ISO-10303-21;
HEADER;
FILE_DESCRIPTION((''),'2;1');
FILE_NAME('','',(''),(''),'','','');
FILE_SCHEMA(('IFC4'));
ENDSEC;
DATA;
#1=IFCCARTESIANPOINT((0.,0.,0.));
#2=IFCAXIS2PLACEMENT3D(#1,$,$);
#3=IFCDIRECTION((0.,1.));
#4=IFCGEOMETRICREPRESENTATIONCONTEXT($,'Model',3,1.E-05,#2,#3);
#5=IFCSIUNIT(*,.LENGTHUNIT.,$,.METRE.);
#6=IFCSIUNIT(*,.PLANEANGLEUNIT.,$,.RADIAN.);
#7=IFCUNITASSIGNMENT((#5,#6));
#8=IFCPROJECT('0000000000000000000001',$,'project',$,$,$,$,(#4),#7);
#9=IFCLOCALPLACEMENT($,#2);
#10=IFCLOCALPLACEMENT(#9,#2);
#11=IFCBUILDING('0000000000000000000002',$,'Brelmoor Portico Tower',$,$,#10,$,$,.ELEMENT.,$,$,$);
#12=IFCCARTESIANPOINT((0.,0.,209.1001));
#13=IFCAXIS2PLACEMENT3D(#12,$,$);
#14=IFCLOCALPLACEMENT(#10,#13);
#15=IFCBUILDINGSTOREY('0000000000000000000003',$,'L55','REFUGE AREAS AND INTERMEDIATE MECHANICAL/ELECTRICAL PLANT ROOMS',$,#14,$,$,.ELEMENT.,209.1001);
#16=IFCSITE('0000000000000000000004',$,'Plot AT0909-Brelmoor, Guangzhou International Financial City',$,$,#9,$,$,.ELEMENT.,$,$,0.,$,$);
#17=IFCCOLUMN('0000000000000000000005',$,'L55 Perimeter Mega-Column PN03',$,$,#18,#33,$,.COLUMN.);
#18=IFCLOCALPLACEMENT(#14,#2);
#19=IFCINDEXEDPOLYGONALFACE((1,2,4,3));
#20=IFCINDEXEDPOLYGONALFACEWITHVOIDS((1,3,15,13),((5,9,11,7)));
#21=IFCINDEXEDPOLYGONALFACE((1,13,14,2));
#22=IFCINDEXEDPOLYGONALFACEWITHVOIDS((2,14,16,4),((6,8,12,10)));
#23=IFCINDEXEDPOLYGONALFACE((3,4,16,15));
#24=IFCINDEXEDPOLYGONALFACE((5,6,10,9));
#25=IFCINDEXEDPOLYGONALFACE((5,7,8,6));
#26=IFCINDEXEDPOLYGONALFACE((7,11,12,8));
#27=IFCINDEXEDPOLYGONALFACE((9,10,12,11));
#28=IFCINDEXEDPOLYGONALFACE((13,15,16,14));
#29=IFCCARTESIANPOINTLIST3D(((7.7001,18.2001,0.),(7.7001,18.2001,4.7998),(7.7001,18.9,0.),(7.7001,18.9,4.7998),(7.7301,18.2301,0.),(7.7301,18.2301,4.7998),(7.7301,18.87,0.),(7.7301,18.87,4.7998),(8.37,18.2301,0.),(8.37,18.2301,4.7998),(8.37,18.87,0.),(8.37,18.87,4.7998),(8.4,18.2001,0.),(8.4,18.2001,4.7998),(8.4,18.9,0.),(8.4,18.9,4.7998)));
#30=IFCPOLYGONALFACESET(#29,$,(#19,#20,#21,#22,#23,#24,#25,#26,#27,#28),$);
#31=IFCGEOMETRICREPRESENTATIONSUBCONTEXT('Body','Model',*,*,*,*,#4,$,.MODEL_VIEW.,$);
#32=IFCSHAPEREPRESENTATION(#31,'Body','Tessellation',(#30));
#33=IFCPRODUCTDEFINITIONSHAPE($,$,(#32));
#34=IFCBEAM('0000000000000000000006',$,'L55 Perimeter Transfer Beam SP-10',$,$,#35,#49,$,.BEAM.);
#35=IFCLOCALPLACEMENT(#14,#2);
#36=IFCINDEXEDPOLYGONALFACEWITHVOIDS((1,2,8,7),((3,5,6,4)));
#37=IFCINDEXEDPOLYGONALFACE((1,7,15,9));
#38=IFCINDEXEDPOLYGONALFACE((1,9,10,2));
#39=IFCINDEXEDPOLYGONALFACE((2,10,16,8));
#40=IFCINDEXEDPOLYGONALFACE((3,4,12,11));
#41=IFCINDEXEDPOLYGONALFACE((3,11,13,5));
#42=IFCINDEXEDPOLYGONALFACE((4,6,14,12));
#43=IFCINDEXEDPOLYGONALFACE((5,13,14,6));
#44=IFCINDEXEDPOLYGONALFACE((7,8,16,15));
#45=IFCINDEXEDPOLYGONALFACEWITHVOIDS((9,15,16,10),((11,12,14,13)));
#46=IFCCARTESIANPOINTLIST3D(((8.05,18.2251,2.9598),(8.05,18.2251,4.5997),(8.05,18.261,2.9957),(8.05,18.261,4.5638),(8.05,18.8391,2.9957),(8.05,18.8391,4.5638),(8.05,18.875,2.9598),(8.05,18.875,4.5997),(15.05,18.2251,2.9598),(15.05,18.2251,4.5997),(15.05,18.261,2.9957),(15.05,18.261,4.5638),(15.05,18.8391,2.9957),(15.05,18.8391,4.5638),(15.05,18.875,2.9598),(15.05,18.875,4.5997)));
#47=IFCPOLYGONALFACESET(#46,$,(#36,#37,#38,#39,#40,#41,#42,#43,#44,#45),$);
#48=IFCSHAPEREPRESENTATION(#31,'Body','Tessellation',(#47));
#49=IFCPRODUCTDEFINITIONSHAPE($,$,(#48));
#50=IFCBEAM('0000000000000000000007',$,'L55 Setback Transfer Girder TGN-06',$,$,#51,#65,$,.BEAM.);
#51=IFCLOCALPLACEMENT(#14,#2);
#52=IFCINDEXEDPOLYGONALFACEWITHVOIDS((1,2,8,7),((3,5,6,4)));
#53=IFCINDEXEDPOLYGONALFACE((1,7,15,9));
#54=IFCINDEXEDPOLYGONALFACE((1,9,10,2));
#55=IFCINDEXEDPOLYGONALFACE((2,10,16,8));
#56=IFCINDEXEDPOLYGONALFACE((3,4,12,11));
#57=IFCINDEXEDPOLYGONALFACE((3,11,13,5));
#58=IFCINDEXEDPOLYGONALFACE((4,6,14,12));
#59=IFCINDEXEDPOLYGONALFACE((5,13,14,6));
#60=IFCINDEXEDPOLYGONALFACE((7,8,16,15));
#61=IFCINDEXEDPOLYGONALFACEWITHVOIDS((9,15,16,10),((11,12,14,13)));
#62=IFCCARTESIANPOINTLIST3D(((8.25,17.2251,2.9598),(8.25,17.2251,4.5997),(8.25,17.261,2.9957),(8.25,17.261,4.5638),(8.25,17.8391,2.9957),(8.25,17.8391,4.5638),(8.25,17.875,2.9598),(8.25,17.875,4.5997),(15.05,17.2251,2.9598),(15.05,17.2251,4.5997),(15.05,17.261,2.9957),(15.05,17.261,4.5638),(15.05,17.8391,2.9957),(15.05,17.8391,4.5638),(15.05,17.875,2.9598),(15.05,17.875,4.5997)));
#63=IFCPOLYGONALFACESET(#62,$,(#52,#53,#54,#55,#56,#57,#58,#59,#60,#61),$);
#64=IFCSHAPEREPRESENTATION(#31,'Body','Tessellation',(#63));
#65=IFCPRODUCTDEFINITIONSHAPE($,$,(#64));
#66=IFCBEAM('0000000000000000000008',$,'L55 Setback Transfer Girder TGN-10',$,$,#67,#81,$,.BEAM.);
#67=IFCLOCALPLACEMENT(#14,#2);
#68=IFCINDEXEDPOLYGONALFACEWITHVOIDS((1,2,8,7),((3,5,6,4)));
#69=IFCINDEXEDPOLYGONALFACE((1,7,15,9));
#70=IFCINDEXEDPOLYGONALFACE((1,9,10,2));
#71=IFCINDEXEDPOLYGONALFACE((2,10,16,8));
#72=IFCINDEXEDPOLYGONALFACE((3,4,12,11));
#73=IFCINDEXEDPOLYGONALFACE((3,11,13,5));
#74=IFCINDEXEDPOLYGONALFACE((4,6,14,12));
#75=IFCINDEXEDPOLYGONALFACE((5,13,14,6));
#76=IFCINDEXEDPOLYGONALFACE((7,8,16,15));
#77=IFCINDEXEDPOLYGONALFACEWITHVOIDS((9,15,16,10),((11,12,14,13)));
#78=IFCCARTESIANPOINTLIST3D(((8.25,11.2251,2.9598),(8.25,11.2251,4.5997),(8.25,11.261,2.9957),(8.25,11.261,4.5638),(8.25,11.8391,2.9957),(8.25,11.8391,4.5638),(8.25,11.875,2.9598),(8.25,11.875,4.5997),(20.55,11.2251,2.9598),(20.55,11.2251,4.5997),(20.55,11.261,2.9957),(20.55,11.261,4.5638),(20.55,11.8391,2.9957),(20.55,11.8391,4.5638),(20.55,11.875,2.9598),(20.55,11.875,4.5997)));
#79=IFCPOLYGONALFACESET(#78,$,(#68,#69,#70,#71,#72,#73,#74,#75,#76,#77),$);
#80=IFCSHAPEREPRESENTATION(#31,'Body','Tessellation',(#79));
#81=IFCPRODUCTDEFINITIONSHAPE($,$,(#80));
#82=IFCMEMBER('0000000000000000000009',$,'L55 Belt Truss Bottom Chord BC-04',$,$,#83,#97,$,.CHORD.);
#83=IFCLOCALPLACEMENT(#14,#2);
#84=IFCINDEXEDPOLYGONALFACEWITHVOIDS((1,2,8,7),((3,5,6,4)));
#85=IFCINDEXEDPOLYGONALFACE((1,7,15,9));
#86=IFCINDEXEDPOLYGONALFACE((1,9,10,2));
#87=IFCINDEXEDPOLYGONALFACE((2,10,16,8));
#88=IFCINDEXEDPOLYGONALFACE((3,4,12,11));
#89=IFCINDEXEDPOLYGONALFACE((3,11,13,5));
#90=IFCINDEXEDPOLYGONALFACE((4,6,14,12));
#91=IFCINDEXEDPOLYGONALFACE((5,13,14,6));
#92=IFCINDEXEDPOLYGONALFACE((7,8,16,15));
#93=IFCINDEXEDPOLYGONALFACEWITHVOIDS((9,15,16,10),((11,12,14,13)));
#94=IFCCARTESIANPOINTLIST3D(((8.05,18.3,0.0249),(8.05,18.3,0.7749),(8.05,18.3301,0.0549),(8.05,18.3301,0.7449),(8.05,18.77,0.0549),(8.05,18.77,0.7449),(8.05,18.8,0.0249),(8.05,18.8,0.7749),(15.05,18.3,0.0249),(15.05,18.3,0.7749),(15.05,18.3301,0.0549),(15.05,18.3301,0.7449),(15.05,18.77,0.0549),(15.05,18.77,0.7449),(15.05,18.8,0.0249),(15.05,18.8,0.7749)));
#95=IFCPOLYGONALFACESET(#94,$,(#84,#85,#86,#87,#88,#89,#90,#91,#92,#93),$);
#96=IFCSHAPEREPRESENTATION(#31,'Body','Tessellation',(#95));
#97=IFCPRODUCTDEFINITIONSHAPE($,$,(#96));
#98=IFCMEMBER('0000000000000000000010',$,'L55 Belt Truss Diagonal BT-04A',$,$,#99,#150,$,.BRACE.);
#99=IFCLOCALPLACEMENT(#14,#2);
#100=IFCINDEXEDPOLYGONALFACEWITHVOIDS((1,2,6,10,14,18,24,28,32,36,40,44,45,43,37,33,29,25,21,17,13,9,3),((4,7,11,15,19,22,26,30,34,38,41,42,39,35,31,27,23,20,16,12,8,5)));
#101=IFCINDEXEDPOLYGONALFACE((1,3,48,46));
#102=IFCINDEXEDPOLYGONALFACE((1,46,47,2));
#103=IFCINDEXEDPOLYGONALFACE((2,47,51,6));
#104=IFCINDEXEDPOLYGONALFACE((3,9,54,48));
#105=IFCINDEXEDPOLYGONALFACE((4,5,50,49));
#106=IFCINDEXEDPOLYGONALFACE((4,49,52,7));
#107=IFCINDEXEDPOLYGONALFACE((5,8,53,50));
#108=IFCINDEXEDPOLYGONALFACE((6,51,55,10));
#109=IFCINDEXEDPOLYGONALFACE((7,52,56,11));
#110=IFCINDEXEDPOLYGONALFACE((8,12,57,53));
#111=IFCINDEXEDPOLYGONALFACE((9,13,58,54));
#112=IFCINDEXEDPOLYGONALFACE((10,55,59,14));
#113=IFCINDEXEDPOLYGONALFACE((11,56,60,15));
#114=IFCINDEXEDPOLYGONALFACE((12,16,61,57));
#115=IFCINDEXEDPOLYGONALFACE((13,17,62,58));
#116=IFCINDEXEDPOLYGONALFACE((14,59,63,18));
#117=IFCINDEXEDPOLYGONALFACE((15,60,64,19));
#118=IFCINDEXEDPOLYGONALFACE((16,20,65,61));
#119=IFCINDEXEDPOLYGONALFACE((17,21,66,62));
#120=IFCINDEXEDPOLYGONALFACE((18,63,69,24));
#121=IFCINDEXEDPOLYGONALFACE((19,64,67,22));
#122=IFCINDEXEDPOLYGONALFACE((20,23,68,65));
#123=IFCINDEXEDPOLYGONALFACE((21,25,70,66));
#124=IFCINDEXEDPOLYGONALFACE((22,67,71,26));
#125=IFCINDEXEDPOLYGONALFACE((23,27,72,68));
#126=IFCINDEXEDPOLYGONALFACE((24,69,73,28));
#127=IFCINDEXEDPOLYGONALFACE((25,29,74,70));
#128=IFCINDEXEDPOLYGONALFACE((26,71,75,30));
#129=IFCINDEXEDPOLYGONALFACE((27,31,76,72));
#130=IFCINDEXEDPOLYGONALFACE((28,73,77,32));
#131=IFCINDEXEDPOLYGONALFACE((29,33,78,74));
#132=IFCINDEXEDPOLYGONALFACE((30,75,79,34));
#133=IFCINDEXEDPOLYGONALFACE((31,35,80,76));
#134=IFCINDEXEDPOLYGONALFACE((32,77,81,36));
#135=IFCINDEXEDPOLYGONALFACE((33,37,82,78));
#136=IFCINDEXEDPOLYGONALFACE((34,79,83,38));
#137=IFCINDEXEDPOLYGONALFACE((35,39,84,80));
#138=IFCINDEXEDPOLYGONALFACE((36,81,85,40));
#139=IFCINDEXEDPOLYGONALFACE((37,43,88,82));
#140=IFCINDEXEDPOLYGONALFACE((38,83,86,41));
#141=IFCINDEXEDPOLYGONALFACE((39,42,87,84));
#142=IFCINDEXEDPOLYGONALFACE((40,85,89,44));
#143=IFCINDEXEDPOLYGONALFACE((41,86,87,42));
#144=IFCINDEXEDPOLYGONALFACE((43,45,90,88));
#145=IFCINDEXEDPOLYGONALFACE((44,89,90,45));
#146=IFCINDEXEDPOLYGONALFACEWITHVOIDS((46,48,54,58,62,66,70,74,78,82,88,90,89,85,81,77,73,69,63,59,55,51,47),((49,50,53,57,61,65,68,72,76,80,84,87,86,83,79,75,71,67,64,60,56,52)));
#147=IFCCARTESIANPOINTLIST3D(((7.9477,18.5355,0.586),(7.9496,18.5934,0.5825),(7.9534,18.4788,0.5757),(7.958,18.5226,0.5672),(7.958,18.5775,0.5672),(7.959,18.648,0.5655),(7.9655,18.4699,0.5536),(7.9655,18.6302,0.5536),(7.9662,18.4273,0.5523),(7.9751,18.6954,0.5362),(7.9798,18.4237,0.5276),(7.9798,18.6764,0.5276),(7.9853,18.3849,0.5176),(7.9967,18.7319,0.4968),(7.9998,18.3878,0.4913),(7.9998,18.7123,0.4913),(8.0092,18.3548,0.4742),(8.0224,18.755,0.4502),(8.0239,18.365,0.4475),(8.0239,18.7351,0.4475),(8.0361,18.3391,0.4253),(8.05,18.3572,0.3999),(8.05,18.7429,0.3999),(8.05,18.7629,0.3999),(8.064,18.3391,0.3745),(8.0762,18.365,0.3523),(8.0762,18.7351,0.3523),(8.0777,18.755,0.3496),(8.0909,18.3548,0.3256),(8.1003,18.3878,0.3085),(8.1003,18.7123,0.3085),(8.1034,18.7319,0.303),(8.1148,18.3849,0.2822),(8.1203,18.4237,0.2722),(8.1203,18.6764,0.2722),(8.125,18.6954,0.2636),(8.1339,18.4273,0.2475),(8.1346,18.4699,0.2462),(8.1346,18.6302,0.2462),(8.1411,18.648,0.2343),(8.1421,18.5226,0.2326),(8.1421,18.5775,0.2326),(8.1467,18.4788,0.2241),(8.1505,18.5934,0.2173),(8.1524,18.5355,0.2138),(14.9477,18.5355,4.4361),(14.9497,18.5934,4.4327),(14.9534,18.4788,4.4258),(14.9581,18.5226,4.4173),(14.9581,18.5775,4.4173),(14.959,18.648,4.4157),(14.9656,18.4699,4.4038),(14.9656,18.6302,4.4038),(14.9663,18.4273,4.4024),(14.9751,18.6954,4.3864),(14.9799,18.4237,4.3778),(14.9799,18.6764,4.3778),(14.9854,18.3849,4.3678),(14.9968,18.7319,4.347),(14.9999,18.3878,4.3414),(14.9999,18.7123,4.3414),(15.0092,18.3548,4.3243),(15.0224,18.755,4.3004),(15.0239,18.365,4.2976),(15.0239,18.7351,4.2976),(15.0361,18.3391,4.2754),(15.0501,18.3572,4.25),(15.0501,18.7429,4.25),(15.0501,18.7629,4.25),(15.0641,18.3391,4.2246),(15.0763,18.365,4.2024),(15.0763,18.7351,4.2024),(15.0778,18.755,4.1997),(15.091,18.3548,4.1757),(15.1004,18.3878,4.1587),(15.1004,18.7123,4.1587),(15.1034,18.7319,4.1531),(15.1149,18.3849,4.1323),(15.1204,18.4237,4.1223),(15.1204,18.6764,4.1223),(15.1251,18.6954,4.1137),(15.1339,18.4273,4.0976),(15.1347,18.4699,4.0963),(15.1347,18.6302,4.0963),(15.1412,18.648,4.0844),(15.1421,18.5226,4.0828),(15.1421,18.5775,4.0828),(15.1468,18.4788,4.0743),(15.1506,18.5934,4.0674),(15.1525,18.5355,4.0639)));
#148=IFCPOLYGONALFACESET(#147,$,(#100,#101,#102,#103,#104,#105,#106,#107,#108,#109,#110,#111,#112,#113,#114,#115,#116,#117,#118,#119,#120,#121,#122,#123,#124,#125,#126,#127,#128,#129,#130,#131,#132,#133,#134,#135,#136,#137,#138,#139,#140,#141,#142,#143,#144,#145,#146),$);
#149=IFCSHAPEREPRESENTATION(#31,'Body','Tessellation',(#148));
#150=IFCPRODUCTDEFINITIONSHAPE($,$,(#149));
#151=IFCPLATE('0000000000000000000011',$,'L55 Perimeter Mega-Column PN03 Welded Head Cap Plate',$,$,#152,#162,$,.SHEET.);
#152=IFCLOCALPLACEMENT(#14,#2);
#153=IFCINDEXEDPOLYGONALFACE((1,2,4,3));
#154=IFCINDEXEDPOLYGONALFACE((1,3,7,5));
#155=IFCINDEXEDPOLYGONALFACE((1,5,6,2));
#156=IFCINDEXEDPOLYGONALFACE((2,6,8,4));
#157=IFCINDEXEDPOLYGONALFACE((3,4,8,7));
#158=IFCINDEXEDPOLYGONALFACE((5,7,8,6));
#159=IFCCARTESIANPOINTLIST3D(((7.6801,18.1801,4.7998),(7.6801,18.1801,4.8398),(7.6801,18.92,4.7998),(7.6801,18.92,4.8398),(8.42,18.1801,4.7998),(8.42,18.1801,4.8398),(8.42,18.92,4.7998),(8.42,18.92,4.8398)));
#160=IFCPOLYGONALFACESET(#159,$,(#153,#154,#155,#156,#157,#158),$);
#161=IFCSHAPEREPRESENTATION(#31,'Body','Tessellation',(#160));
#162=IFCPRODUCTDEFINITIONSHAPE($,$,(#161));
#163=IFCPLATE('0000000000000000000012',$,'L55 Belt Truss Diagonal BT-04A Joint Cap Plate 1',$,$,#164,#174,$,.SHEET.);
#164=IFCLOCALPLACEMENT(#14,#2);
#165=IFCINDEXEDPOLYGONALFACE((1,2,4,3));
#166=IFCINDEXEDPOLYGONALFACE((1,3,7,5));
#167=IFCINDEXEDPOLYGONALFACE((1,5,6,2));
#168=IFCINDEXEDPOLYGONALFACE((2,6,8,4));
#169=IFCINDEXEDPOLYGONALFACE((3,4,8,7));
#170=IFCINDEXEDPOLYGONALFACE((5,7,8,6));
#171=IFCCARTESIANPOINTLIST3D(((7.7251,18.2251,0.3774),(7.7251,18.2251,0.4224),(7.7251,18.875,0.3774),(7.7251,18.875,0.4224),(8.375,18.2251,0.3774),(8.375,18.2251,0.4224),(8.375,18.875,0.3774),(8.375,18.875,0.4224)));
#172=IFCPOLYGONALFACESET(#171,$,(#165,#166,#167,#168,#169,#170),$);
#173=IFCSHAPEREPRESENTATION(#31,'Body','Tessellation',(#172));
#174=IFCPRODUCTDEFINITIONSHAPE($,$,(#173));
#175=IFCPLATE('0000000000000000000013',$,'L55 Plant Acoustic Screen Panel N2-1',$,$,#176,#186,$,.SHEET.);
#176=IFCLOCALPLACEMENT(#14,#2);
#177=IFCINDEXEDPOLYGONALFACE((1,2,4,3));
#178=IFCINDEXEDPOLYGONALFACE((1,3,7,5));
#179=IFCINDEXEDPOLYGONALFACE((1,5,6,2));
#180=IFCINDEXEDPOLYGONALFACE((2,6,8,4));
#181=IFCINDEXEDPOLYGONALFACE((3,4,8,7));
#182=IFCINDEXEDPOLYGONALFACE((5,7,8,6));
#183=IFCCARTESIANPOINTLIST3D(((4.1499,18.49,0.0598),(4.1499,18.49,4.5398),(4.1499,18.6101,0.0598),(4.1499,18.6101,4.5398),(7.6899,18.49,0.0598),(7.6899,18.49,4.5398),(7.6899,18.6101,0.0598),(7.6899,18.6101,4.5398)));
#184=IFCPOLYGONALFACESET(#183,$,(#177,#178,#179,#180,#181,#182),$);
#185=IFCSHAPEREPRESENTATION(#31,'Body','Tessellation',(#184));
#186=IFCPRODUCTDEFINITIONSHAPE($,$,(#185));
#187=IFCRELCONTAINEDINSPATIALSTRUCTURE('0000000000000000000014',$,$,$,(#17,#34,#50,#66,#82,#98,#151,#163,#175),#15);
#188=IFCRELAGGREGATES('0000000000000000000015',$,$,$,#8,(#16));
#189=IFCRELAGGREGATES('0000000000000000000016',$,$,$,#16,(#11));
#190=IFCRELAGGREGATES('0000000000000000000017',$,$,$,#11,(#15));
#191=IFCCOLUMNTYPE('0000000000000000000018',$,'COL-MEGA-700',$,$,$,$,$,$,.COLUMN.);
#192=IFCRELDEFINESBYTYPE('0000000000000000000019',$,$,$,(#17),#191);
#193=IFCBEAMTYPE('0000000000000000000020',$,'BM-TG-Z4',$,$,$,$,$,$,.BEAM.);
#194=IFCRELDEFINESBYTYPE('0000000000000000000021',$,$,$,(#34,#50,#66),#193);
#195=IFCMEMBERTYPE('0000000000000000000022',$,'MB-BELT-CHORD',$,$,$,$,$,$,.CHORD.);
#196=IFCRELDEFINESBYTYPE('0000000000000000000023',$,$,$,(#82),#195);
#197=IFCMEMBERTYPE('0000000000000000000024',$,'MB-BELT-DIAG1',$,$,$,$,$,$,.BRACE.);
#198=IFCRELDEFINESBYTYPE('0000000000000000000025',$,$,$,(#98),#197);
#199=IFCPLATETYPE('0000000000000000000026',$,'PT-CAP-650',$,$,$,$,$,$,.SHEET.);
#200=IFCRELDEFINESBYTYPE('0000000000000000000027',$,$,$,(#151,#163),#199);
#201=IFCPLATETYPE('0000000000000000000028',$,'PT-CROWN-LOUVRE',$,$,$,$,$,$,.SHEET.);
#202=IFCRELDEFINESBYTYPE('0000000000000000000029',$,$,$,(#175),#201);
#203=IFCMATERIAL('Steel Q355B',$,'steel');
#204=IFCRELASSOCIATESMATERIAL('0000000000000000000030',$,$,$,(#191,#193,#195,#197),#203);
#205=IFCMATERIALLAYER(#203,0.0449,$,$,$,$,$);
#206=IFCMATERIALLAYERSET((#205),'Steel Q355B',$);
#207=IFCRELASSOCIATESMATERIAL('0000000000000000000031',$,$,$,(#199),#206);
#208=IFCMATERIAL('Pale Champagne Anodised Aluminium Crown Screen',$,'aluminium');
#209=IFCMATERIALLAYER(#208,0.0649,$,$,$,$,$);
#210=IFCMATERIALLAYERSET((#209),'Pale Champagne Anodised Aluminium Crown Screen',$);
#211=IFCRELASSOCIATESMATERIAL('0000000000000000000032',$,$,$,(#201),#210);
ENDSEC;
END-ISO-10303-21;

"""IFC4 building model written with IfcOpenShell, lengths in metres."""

from ifc_helpers import new_model, si_unit, direction, frame, origin, origin_2d, place, context, subcontext, project, spatial, rectangle, hollow_rectangle, hollow_circle, extrude, material, layer, layer_set, material_profile, profile_set, type_object, element, save


model = new_model("IFC4")

# Units and contexts
model_context = context("Model", 3, precision=1e-05, world=origin(), true_north=direction((0.0, 1.0)))
body_context = subcontext(model_context, "Body", "Model", "MODEL_VIEW")
ifc_project = project(units=[si_unit("LENGTHUNIT", "METRE"), si_unit("PLANEANGLEUNIT", "RADIAN")], contexts=[model_context])

# Site, building, storey
site_placement = place(None, origin())
site = spatial("IfcSite", under=ifc_project, at=site_placement, Name="Plot AT0909-Brelmoor, Guangzhou International Financial City", CompositionType="ELEMENT", RefElevation=0.0)
building_placement = place(site_placement, origin())
building = spatial("IfcBuilding", under=site, at=building_placement, Name="Brelmoor Portico Tower", CompositionType="ELEMENT")
storey_placement = place(building_placement, frame((0.0, 0.0, 209.1001)))
storey = spatial("IfcBuildingStorey", under=building, at=storey_placement, Name="L55", Description="REFUGE AREAS AND INTERMEDIATE MECHANICAL/ELECTRICAL PLANT ROOMS", CompositionType="ELEMENT", Elevation=209.1001)

# Column
ifc_material_1 = material(Name="Steel Q355B", Category="steel")
ifc_material_profile_1 = material_profile(ifc_material_1, hollow_rectangle(XDim=0.7, YDim=0.7, WallThickness=0.03, at=origin_2d()), Name="BOX 700x700x30")
ifc_profile_set_1 = profile_set([ifc_material_profile_1], Name="Steel Q355B")
column_type = type_object("IfcColumnType", Name="COL-MEGA-700", PredefinedType="COLUMN", material=ifc_profile_set_1)
column_placement = place(storey_placement, frame((8.05, 18.55, 0.0), z_axis=(0.0, 0.0, 1.0), x_axis=(1.0, 0.0, 0.0)))
element("IfcColumn", 1, at=column_placement, inside=storey, type_object=column_type, Name="L55 Perimeter Mega-Column PN03", PredefinedType="COLUMN", context=body_context, shape_type="SweptSolid", body=[
    extrude(hollow_rectangle(XDim=0.7, YDim=0.7, WallThickness=0.03, at=origin_2d()), origin(), (0.0, 0.0, 1.0), 4.7998),
])

# Beams
ifc_material_profile_2 = material_profile(ifc_material_1, hollow_rectangle(XDim=0.6499, YDim=1.6399, WallThickness=0.0359, at=origin_2d()), Name="BOX 650x1640x36")
ifc_profile_set_2 = profile_set([ifc_material_profile_2], Name="Steel Q355B")
beam_type = type_object("IfcBeamType", Name="BM-TG-Z4", PredefinedType="BEAM", material=ifc_profile_set_2)
beam_1_placement = place(storey_placement, frame((8.05, 18.55, 3.7798), z_axis=(1.0, 0.0, 0.0), x_axis=(0.0, 1.0, 0.0)))
element("IfcBeam", 2, at=beam_1_placement, inside=storey, type_object=beam_type, Name="L55 Perimeter Transfer Beam SP-10", PredefinedType="BEAM", context=body_context, shape_type="SweptSolid", body=[
    extrude(hollow_rectangle(XDim=0.6499, YDim=1.6399, WallThickness=0.0359, at=origin_2d()), origin(), (0.0, 0.0, 1.0), 7.0),
])
beam_2_placement = place(storey_placement, frame((8.25, 17.55, 3.7798), z_axis=(1.0, 0.0, 0.0), x_axis=(0.0, 1.0, 0.0)))
element("IfcBeam", 3, at=beam_2_placement, inside=storey, type_object=beam_type, Name="L55 Setback Transfer Girder TGN-06", PredefinedType="BEAM", context=body_context, shape_type="SweptSolid", body=[
    extrude(hollow_rectangle(XDim=0.6499, YDim=1.6399, WallThickness=0.0359, at=origin_2d()), origin(), (0.0, 0.0, 1.0), 6.8),
])
beam_3_placement = place(storey_placement, frame((8.25, 11.55, 3.7798), z_axis=(1.0, 0.0, 0.0), x_axis=(0.0, 1.0, 0.0)))
element("IfcBeam", 4, at=beam_3_placement, inside=storey, type_object=beam_type, Name="L55 Setback Transfer Girder TGN-10", PredefinedType="BEAM", context=body_context, shape_type="SweptSolid", body=[
    extrude(hollow_rectangle(XDim=0.6499, YDim=1.6399, WallThickness=0.0359, at=origin_2d()), origin(), (0.0, 0.0, 1.0), 12.3),
])

# Members
ifc_material_profile_3 = material_profile(ifc_material_1, hollow_rectangle(XDim=0.5, YDim=0.75, WallThickness=0.03, at=origin_2d()), Name="RHS 500x750x30")
ifc_profile_set_3 = profile_set([ifc_material_profile_3], Name="Steel Q355B")
member_type_1 = type_object("IfcMemberType", Name="MB-BELT-CHORD", PredefinedType="CHORD", material=ifc_profile_set_3)
member_1_placement = place(storey_placement, frame((8.05, 18.55, 0.3999), z_axis=(1.0, 0.0, 0.0), x_axis=(0.0, 1.0, 0.0)))
element("IfcMember", 5, at=member_1_placement, inside=storey, type_object=member_type_1, Name="L55 Belt Truss Bottom Chord BC-04", PredefinedType="CHORD", context=body_context, shape_type="SweptSolid", body=[
    extrude(hollow_rectangle(XDim=0.5, YDim=0.75, WallThickness=0.03, at=origin_2d()), origin(), (0.0, 0.0, 1.0), 7.0),
])
ifc_material_profile_4 = material_profile(ifc_material_1, hollow_circle(Radius=0.2129, WallThickness=0.02, at=origin_2d()), Name="CHS 426x20")
ifc_profile_set_4 = profile_set([ifc_material_profile_4], Name="Steel Q355B")
member_type_2 = type_object("IfcMemberType", Name="MB-BELT-DIAG1", PredefinedType="BRACE", material=ifc_profile_set_4)
member_2_placement = place(storey_placement, frame((8.05, 18.55, 0.3999), z_axis=(0.876211, 0.0, 0.481928), x_axis=(0.0, 1.0, 0.0)))
element("IfcMember", 6, at=member_2_placement, inside=storey, type_object=member_type_2, Name="L55 Belt Truss Diagonal BT-04A", PredefinedType="BRACE", context=body_context, shape_type="SweptSolid", body=[
    extrude(hollow_circle(Radius=0.2129, WallThickness=0.02, at=origin_2d()), origin(), (0.0, 0.0, 1.0), 7.989),
])

# Plates
ifc_layer_1 = layer(ifc_material_1, 0.0449)
ifc_layer_set_1 = layer_set([ifc_layer_1], Name="Steel Q355B")
plate_type_1 = type_object("IfcPlateType", Name="PT-CAP-650", PredefinedType="SHEET", material=ifc_layer_set_1)
plate_1_placement = place(storey_placement, frame((8.05, 18.55, 4.7998), z_axis=(0.0, 0.0, 1.0), x_axis=(1.0, 0.0, 0.0)))
element("IfcPlate", 7, at=plate_1_placement, inside=storey, type_object=plate_type_1, Name="L55 Perimeter Mega-Column PN03 Welded Head Cap Plate", PredefinedType="SHEET", context=body_context, shape_type="SweptSolid", body=[
    extrude(rectangle(XDim=0.74, YDim=0.74, at=origin_2d()), origin(), (0.0, 0.0, 1.0), 0.04),
])
plate_2_placement = place(storey_placement, frame((8.05, 18.55, 0.3774), z_axis=(0.0, 0.0, 1.0), x_axis=(1.0, 0.0, 0.0)))
element("IfcPlate", 8, at=plate_2_placement, inside=storey, type_object=plate_type_1, Name="L55 Belt Truss Diagonal BT-04A Joint Cap Plate 1", PredefinedType="SHEET", context=body_context, shape_type="SweptSolid", body=[
    extrude(rectangle(XDim=0.6499, YDim=0.6499, at=origin_2d()), origin(), (0.0, 0.0, 1.0), 0.0449),
])
ifc_material_2 = material(Name="Pale Champagne Anodised Aluminium Crown Screen", Category="aluminium")
ifc_layer_2 = layer(ifc_material_2, 0.0649)
ifc_layer_set_2 = layer_set([ifc_layer_2], Name="Pale Champagne Anodised Aluminium Crown Screen")
plate_type_2 = type_object("IfcPlateType", Name="PT-CROWN-LOUVRE", PredefinedType="SHEET", material=ifc_layer_set_2)
plate_3_placement = place(storey_placement, frame((5.9199, 18.55, 0.0598), z_axis=(0.0, 0.0, 1.0), x_axis=(1.0, 0.0, 0.0)))
element("IfcPlate", 9, at=plate_3_placement, inside=storey, type_object=plate_type_2, Name="L55 Plant Acoustic Screen Panel N2-1", PredefinedType="SHEET", context=body_context, shape_type="SweptSolid", body=[
    extrude(rectangle(XDim=3.54, YDim=0.1201, at=origin_2d()), origin(), (0.0, 0.0, 1.0), 4.48),
])

save(model, "model.ifc")
